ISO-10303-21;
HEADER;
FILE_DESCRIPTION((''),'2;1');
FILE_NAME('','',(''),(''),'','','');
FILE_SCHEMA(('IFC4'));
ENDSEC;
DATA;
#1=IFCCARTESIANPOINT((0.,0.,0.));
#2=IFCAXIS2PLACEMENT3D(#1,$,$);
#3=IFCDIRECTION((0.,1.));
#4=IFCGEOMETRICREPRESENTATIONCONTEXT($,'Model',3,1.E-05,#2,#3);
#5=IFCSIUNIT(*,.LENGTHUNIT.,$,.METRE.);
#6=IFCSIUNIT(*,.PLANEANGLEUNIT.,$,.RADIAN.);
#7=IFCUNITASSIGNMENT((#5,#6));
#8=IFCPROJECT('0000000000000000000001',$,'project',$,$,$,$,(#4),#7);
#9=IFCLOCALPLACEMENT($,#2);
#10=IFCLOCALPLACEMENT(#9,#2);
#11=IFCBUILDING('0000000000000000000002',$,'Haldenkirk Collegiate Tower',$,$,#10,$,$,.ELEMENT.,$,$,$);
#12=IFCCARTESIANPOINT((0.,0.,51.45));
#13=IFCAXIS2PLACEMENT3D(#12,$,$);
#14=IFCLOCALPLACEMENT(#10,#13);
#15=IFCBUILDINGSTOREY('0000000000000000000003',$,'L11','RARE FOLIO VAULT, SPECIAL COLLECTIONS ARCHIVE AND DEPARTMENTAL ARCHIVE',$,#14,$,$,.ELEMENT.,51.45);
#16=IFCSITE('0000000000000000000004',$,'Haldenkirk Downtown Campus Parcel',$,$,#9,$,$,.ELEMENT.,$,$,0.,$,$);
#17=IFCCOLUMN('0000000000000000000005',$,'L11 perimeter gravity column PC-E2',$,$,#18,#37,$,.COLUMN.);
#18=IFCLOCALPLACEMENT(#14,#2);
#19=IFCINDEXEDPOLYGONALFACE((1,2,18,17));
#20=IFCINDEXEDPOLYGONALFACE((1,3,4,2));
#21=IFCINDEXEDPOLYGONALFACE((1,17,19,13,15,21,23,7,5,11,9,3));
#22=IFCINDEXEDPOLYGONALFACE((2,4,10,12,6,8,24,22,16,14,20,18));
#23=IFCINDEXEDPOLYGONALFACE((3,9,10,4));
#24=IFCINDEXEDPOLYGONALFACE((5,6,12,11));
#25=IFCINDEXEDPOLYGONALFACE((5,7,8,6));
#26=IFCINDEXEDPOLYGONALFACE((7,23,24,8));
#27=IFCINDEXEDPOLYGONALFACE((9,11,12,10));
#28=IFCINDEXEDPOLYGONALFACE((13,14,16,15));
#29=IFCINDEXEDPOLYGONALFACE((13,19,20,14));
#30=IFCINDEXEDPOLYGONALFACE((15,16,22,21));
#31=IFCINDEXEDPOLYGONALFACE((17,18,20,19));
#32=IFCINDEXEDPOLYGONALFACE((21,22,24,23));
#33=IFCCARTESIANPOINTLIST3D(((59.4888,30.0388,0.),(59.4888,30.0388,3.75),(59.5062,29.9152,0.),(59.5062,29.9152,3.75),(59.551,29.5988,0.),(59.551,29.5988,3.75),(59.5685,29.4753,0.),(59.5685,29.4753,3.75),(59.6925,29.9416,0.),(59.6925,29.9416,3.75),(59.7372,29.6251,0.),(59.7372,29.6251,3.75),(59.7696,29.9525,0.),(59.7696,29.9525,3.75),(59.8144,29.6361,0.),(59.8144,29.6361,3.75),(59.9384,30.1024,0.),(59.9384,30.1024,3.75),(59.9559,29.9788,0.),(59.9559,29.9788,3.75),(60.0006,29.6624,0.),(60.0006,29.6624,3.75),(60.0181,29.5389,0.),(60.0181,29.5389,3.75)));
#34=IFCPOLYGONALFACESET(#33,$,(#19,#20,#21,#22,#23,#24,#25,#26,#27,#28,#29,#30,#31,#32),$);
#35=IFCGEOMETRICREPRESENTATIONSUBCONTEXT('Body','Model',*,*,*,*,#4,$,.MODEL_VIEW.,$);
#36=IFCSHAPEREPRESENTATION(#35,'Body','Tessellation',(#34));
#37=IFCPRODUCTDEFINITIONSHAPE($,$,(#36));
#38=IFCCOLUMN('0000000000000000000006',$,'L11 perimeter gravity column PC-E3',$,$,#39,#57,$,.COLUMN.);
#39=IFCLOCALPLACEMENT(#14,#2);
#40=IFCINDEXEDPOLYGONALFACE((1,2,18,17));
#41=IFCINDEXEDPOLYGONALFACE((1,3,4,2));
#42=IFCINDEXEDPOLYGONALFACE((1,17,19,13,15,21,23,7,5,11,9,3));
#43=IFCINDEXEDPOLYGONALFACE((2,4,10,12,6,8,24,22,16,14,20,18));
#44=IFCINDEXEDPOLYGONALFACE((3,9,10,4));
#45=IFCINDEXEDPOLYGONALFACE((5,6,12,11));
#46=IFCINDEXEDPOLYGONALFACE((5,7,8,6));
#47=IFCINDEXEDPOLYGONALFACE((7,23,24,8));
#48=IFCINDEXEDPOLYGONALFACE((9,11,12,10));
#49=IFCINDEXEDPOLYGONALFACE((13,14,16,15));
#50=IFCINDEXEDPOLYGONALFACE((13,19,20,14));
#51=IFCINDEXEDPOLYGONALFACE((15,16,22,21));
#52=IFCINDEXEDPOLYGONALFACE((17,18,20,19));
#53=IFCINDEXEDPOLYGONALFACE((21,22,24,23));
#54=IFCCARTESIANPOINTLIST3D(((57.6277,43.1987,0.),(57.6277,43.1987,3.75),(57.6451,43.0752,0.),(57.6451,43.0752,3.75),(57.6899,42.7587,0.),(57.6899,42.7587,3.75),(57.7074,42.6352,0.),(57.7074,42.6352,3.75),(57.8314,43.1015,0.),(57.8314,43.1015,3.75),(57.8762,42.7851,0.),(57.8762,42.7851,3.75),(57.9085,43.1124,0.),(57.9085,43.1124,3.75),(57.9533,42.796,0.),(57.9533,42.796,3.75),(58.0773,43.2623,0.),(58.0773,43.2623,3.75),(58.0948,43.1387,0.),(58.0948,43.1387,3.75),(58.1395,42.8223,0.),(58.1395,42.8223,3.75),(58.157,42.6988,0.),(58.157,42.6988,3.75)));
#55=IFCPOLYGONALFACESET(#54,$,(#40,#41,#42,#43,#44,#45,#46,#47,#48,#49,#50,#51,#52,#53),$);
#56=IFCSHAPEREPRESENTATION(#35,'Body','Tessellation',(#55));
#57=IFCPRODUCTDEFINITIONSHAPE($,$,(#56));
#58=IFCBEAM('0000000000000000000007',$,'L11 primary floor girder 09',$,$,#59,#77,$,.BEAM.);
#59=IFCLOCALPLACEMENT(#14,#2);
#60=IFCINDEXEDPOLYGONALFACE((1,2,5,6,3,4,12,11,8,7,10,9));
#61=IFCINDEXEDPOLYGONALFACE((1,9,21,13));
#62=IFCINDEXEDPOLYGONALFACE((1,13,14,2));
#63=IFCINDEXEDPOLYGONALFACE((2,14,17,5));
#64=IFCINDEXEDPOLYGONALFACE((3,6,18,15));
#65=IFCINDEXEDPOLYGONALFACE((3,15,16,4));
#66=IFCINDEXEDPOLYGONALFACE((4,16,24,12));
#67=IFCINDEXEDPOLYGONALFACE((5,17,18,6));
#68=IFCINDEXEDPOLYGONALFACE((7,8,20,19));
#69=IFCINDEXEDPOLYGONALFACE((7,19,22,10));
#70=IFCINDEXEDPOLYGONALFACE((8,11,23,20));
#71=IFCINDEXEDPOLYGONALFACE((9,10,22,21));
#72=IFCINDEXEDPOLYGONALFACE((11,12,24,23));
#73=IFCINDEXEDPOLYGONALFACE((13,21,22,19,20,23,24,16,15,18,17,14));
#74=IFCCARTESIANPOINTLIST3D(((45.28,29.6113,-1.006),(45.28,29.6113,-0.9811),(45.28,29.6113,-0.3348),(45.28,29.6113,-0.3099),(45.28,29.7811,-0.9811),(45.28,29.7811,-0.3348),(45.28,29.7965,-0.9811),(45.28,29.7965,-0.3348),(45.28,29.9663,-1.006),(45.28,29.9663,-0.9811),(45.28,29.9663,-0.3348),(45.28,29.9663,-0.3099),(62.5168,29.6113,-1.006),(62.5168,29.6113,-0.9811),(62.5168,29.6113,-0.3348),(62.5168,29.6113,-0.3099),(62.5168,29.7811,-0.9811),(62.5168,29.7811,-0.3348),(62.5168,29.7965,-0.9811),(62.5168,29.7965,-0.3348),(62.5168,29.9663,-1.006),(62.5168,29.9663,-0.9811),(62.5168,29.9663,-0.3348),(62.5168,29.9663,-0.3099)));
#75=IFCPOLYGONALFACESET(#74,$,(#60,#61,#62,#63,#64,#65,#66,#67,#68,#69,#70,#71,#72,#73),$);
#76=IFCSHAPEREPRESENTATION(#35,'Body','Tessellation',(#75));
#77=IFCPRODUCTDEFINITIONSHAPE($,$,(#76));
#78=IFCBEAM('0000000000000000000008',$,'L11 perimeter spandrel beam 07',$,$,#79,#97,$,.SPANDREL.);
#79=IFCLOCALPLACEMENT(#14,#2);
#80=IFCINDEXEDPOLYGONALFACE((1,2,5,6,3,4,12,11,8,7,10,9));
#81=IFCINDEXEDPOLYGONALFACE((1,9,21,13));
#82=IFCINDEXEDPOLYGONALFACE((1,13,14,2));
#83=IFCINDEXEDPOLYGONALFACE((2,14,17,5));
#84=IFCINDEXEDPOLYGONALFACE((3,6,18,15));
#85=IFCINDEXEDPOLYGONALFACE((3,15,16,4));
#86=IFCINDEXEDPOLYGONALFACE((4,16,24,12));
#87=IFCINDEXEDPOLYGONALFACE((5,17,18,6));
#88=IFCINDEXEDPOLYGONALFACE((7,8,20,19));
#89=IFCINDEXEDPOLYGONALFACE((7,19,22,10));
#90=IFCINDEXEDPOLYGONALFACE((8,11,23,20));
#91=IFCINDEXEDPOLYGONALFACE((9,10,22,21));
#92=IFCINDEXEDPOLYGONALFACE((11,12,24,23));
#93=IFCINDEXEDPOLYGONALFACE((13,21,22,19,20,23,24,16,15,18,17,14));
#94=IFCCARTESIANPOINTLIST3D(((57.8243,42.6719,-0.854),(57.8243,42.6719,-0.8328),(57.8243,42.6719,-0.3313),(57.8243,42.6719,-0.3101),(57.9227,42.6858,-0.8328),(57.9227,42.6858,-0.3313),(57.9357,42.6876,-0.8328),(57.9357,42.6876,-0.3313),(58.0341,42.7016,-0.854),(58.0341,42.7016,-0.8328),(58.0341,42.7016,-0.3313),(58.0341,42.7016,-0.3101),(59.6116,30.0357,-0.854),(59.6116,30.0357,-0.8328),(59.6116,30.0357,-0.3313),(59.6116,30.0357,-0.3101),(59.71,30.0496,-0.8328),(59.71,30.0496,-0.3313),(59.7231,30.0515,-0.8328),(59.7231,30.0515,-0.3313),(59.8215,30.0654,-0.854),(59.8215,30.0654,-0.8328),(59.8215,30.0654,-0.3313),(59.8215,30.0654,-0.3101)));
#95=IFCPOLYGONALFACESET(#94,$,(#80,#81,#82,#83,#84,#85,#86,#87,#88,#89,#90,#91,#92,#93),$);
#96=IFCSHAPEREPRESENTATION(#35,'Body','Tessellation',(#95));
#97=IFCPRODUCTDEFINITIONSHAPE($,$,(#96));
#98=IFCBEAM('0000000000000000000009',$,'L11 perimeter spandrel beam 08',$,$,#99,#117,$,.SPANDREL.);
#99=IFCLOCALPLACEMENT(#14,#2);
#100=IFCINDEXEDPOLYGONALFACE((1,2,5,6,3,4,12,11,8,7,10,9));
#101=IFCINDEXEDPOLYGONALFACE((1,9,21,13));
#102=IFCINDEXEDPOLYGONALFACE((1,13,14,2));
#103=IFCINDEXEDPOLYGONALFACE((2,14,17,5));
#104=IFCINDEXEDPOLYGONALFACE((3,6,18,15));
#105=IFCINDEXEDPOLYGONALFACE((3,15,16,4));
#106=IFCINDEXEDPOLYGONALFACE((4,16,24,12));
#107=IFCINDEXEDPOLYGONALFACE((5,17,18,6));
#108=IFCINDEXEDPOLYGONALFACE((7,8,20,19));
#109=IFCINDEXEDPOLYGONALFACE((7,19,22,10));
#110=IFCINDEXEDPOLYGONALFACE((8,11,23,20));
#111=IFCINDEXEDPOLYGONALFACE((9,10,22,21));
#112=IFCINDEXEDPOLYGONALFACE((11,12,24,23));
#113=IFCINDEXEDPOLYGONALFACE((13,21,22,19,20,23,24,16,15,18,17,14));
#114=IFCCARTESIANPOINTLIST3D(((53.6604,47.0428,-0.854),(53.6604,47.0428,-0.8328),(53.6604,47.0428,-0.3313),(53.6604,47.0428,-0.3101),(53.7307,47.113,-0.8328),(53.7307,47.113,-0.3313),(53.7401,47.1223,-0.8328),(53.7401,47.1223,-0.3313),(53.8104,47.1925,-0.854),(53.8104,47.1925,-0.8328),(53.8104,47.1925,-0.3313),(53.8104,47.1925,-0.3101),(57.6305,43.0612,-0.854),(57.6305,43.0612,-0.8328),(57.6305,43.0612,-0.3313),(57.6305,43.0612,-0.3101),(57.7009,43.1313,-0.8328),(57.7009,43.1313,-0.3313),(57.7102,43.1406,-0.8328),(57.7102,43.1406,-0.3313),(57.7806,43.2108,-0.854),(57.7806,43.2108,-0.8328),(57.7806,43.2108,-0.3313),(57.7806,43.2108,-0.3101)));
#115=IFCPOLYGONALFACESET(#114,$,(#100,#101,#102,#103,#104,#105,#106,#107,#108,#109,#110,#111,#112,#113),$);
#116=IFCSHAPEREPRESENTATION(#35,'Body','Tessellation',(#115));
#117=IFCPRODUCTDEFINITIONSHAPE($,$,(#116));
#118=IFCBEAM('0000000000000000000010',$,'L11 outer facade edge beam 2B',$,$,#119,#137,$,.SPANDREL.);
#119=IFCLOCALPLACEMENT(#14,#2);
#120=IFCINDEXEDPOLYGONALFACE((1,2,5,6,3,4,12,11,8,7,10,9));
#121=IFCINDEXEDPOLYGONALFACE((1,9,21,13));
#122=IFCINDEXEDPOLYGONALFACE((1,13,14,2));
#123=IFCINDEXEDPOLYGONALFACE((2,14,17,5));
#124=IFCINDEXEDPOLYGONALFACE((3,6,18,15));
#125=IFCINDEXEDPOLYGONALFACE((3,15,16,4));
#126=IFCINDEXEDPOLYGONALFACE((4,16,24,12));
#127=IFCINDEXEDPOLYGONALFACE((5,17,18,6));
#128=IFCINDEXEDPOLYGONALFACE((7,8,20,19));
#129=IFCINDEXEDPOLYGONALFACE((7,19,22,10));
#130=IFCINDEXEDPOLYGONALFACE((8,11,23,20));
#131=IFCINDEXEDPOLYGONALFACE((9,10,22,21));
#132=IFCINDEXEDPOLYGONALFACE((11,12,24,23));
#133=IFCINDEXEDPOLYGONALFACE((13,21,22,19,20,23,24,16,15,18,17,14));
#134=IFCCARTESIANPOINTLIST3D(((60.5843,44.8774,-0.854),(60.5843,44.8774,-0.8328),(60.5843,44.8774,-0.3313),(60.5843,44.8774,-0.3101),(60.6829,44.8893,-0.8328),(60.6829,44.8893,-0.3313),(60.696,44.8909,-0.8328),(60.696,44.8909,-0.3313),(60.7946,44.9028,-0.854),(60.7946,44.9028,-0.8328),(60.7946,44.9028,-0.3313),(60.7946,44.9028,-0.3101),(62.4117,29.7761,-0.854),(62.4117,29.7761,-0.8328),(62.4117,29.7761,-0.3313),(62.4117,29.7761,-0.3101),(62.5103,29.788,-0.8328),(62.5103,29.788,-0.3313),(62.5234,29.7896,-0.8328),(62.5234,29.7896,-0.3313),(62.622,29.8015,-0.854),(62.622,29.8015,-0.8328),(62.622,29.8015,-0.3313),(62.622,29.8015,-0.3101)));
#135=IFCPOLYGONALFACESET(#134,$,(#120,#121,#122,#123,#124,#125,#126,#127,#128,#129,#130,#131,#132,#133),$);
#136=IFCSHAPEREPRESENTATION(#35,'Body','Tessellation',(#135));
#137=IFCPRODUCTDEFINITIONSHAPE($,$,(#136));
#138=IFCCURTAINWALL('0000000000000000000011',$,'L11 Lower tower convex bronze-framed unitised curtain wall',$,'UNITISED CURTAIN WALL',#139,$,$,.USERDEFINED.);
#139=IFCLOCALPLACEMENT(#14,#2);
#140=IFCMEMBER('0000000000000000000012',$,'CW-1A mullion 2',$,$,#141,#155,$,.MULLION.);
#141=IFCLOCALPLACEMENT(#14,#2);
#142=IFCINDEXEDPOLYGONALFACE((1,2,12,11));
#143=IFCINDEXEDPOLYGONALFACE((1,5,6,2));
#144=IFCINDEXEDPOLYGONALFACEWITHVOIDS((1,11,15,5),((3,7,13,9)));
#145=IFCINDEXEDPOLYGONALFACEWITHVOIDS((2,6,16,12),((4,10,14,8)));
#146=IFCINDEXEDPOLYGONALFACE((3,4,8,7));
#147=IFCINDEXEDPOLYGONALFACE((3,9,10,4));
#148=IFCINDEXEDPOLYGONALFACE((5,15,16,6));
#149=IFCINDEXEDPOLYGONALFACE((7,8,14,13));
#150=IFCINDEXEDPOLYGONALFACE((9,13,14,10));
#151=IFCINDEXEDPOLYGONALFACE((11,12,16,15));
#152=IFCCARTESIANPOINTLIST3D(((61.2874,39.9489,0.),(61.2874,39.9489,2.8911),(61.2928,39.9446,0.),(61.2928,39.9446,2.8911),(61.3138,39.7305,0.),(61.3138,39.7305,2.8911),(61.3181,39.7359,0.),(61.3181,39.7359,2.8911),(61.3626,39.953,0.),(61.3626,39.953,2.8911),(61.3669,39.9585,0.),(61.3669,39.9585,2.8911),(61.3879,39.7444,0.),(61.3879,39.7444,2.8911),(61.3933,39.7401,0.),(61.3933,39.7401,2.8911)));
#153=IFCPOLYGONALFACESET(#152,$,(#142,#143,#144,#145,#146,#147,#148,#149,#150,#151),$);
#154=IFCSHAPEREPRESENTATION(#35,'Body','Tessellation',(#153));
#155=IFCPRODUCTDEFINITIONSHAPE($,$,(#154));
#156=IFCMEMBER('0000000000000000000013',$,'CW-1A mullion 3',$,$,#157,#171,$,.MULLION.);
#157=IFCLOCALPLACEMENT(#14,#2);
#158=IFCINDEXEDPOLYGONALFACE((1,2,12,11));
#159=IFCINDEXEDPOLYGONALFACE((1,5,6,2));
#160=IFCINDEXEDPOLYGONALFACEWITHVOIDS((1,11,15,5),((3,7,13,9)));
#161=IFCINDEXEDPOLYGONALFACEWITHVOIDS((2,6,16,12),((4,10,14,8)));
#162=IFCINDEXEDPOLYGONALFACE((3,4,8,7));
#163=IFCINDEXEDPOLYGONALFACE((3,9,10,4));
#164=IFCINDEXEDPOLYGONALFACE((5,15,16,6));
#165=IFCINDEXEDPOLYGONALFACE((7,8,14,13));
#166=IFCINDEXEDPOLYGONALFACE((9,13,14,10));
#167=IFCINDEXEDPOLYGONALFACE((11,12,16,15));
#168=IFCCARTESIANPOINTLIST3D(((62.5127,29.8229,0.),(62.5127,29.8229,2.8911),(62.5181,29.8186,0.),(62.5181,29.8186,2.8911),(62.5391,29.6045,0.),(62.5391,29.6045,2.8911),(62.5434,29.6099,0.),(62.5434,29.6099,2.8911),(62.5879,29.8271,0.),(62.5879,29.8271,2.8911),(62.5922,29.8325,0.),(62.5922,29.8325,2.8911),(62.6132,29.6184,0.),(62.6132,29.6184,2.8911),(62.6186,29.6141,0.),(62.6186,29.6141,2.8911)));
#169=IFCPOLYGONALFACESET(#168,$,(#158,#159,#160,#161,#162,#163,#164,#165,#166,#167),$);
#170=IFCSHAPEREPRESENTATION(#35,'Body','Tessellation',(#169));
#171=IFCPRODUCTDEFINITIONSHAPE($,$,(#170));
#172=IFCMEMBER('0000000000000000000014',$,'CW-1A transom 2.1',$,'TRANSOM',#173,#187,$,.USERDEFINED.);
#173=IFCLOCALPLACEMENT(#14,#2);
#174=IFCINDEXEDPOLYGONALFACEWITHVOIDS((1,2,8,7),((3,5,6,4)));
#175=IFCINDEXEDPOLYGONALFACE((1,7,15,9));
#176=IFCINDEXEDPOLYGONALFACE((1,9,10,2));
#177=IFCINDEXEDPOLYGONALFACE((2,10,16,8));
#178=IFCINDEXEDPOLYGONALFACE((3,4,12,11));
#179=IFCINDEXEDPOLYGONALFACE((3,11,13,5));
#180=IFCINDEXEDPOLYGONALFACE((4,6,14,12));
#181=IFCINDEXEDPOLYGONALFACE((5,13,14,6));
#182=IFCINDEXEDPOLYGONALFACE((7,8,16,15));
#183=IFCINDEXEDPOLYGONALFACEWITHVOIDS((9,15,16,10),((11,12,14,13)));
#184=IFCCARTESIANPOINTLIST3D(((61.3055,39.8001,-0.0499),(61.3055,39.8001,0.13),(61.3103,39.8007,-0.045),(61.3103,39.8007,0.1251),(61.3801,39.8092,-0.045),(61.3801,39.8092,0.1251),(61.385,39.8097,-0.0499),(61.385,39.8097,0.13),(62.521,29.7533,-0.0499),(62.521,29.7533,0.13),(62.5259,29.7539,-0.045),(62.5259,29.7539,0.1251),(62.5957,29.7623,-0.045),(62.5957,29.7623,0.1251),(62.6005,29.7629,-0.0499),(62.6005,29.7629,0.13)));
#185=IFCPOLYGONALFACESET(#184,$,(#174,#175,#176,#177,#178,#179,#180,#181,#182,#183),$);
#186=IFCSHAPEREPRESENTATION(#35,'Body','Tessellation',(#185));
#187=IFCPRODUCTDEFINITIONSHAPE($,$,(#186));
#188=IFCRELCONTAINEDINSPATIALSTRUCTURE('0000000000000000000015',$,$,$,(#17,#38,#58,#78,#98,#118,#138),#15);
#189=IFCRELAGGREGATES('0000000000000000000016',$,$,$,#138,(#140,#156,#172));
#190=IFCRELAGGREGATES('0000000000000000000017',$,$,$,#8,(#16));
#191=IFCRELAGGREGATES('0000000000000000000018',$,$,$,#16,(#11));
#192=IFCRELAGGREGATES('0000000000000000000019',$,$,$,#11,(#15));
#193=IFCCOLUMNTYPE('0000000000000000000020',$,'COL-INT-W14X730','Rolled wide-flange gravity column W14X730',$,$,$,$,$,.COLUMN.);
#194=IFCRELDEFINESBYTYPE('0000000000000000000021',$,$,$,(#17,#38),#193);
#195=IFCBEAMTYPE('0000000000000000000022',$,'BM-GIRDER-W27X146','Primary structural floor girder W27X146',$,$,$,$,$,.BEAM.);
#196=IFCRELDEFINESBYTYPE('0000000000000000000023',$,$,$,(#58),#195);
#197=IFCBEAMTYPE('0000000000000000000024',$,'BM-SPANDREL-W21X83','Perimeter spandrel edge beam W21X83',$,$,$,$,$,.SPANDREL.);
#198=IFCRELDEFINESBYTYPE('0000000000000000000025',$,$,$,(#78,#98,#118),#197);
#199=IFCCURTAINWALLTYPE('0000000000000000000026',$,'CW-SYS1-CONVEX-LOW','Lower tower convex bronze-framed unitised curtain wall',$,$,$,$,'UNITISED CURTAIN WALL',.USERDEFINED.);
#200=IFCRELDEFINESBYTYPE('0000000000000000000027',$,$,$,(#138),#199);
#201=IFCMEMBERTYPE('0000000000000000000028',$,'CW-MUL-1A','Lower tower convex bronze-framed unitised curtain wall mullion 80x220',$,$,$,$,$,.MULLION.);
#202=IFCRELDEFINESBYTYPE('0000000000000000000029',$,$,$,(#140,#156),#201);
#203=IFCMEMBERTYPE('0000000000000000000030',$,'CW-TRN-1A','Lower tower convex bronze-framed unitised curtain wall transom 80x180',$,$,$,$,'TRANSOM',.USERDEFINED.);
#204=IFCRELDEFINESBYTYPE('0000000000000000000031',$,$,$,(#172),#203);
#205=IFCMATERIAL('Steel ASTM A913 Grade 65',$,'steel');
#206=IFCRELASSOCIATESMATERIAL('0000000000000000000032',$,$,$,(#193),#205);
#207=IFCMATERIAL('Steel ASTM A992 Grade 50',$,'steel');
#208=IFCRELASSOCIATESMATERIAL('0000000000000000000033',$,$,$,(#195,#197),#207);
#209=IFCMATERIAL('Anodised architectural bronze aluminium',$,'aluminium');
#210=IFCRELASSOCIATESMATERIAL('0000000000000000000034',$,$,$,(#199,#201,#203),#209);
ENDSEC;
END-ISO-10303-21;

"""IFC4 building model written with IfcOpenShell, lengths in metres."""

from ifc_helpers import new_model, si_unit, direction, frame, origin, origin_2d, place, context, subcontext, project, spatial, hollow_rectangle, i_section, extrude, material, material_profile, profile_set, type_object, element, aggregate, save


model = new_model("IFC4")

# Units and contexts
model_context = context("Model", 3, precision=1e-05, world=origin(), true_north=direction((0.0, 1.0)))
body_context = subcontext(model_context, "Body", "Model", "MODEL_VIEW")
ifc_project = project(units=[si_unit("LENGTHUNIT", "METRE"), si_unit("PLANEANGLEUNIT", "RADIAN")], contexts=[model_context])

# Site, building, storey
site_placement = place(None, origin())
site = spatial("IfcSite", under=ifc_project, at=site_placement, Name="Haldenkirk Downtown Campus Parcel", CompositionType="ELEMENT", RefElevation=0.0)
building_placement = place(site_placement, origin())
building = spatial("IfcBuilding", under=site, at=building_placement, Name="Haldenkirk Collegiate Tower", CompositionType="ELEMENT")
storey_placement = place(building_placement, frame((0.0, 0.0, 51.45)))
storey = spatial("IfcBuildingStorey", under=building, at=storey_placement, Name="L11", Description="RARE FOLIO VAULT, SPECIAL COLLECTIONS ARCHIVE AND DEPARTMENTAL ARCHIVE", CompositionType="ELEMENT", Elevation=51.45)

# Columns
ifc_material_1 = material(Name="Steel ASTM A913 Grade 65", Category="steel")
ifc_material_profile_1 = material_profile(ifc_material_1, i_section(OverallWidth=0.4541, OverallDepth=0.5691, WebThickness=0.0779, FlangeThickness=0.1248, at=origin_2d()), Name="W14X730")
ifc_profile_set_1 = profile_set([ifc_material_profile_1], Name="Steel ASTM A913 Grade 65")
column_type = type_object("IfcColumnType", Name="COL-INT-W14X730", Description="Rolled wide-flange gravity column W14X730", PredefinedType="COLUMN", material=ifc_profile_set_1)
for number, where, z_axis, x_axis, name in (
    (1, (59.7534, 29.7888, 0.0), (0.0, 0.0, 1.0), (0.990146, 0.140037, 0.0), "L11 perimeter gravity column PC-E2"),
    (2, (57.8923, 42.9487, 0.0), (0.0, 0.0, 1.0), (0.990146, 0.140037, 0.0), "L11 perimeter gravity column PC-E3"),
):
    element("IfcColumn", number, at=place(storey_placement, frame(where, z_axis=z_axis, x_axis=x_axis)), inside=storey, type_object=column_type, Name=name, PredefinedType="COLUMN", context=body_context, shape_type="SweptSolid", body=[
        extrude(i_section(OverallWidth=0.4541, OverallDepth=0.5691, WebThickness=0.0779, FlangeThickness=0.1248, at=origin_2d()), origin(), (0.0, 0.0, 1.0), 3.75),
    ])

# Beams
ifc_material_2 = material(Name="Steel ASTM A992 Grade 50", Category="steel")
ifc_material_profile_2 = material_profile(ifc_material_2, i_section(OverallWidth=0.355, OverallDepth=0.696, WebThickness=0.0154, FlangeThickness=0.0249, at=origin_2d()), Name="W27X146")
ifc_profile_set_2 = profile_set([ifc_material_profile_2], Name="Steel ASTM A992 Grade 50")
beam_type_1 = type_object("IfcBeamType", Name="BM-GIRDER-W27X146", Description="Primary structural floor girder W27X146", PredefinedType="BEAM", material=ifc_profile_set_2)
beam_1_placement = place(storey_placement, frame((62.5168, 29.7888, -0.658), z_axis=(-1.0, 0.0, 0.0), x_axis=(0.0, -1.0, 0.0)))
element("IfcBeam", 3, at=beam_1_placement, inside=storey, type_object=beam_type_1, Name="L11 primary floor girder 09", PredefinedType="BEAM", context=body_context, shape_type="SweptSolid", body=[
    extrude(i_section(OverallWidth=0.355, OverallDepth=0.696, WebThickness=0.0154, FlangeThickness=0.0249, at=origin_2d()), origin(), (0.0, 0.0, 1.0), 17.2368),
])
ifc_material_profile_3 = material_profile(ifc_material_2, i_section(OverallWidth=0.2119, OverallDepth=0.5439, WebThickness=0.0132, FlangeThickness=0.0212, at=origin_2d()), Name="W21X83")
ifc_profile_set_3 = profile_set([ifc_material_profile_3], Name="Steel ASTM A992 Grade 50")
beam_type_2 = type_object("IfcBeamType", Name="BM-SPANDREL-W21X83", Description="Perimeter spandrel edge beam W21X83", PredefinedType="SPANDREL", material=ifc_profile_set_3)
beam_2_placement = place(storey_placement, frame((59.7166, 30.0505, -0.582), z_axis=(-0.140053, 0.990144, 0.0), x_axis=(-0.990144, -0.140053, 0.0)))
element("IfcBeam", 4, at=beam_2_placement, inside=storey, type_object=beam_type_2, Name="L11 perimeter spandrel beam 07", PredefinedType="SPANDREL", context=body_context, shape_type="SweptSolid", body=[
    extrude(i_section(OverallWidth=0.2119, OverallDepth=0.5439, WebThickness=0.0132, FlangeThickness=0.0212, at=origin_2d()), origin(), (0.0, 0.0, 1.0), 12.762),
])
beam_3_placement = place(storey_placement, frame((57.7056, 43.136, -0.582), z_axis=(-0.706086, 0.708126, 0.0), x_axis=(-0.708126, -0.706086, 0.0)))
element("IfcBeam", 5, at=beam_3_placement, inside=storey, type_object=beam_type_2, Name="L11 perimeter spandrel beam 08", PredefinedType="SPANDREL", context=body_context, shape_type="SweptSolid", body=[
    extrude(i_section(OverallWidth=0.2119, OverallDepth=0.5439, WebThickness=0.0132, FlangeThickness=0.0212, at=origin_2d()), origin(), (0.0, 0.0, 1.0), 5.6228),
])
beam_4_placement = place(storey_placement, frame((62.5168, 29.7888, -0.582), z_axis=(-0.120132, 0.992758, 0.0), x_axis=(-0.992758, -0.120132, 0.0)))
element("IfcBeam", 6, at=beam_4_placement, inside=storey, type_object=beam_type_2, Name="L11 outer facade edge beam 2B", PredefinedType="SPANDREL", context=body_context, shape_type="SweptSolid", body=[
    extrude(i_section(OverallWidth=0.2119, OverallDepth=0.5439, WebThickness=0.0132, FlangeThickness=0.0212, at=origin_2d()), origin(), (0.0, 0.0, 1.0), 15.2114),
])

# Curtain wall, members
ifc_material_3 = material(Name="Anodised architectural bronze aluminium", Category="aluminium")
curtain_wall_type = type_object("IfcCurtainWallType", Name="CW-SYS1-CONVEX-LOW", Description="Lower tower convex bronze-framed unitised curtain wall", ElementType="UNITISED CURTAIN WALL", PredefinedType="USERDEFINED", material=ifc_material_3)
curtain_wall_placement = place(storey_placement, origin())
curtain_wall = element("IfcCurtainWall", 7, at=curtain_wall_placement, inside=storey, type_object=curtain_wall_type, Name="L11 Lower tower convex bronze-framed unitised curtain wall", ObjectType="UNITISED CURTAIN WALL", PredefinedType="USERDEFINED")
ifc_material_profile_4 = material_profile(ifc_material_3, hollow_rectangle(XDim=0.0801, YDim=0.22, WallThickness=0.0049, at=origin_2d()), Name="CW-MUL-1A")
ifc_profile_set_4 = profile_set([ifc_material_profile_4], Name="Anodised architectural bronze aluminium")
member_type_1 = type_object("IfcMemberType", Name="CW-MUL-1A", Description="Lower tower convex bronze-framed unitised curtain wall mullion 80x220", PredefinedType="MULLION", material=ifc_profile_set_4)
member_1_placement = place(storey_placement, frame((61.3403, 39.8445, 0.0), z_axis=(0.0, 0.0, 1.0), x_axis=(0.992757, 0.120137, 0.0)))
member_1 = element("IfcMember", 8, at=member_1_placement, type_object=member_type_1, Name="CW-1A mullion 2", PredefinedType="MULLION", context=body_context, shape_type="SweptSolid", body=[
    extrude(hollow_rectangle(XDim=0.0801, YDim=0.22, WallThickness=0.0049, at=origin_2d()), origin(), (0.0, 0.0, 1.0), 2.8911),
])
member_2_placement = place(storey_placement, frame((62.5657, 29.7185, 0.0), z_axis=(0.0, 0.0, 1.0), x_axis=(0.992757, 0.120137, 0.0)))
member_2 = element("IfcMember", 9, at=member_2_placement, type_object=member_type_1, Name="CW-1A mullion 3", PredefinedType="MULLION", context=body_context, shape_type="SweptSolid", body=[
    extrude(hollow_rectangle(XDim=0.0801, YDim=0.22, WallThickness=0.0049, at=origin_2d()), origin(), (0.0, 0.0, 1.0), 2.8911),
])
ifc_material_profile_5 = material_profile(ifc_material_3, hollow_rectangle(XDim=0.0801, YDim=0.1799, WallThickness=0.0049, at=origin_2d()), Name="CW-TRN-1A")
ifc_profile_set_5 = profile_set([ifc_material_profile_5], Name="Anodised architectural bronze aluminium")
member_type_2 = type_object("IfcMemberType", Name="CW-TRN-1A", Description="Lower tower convex bronze-framed unitised curtain wall transom 80x180", ElementType="TRANSOM", PredefinedType="USERDEFINED", material=ifc_profile_set_5)
member_3_placement = place(storey_placement, frame((61.3452, 39.8049, 0.04), z_axis=(0.120115, -0.99276, 0.0), x_axis=(0.99276, 0.120115, 0.0)))
member_3 = element("IfcMember", 10, at=member_3_placement, type_object=member_type_2, Name="CW-1A transom 2.1", ObjectType="TRANSOM", PredefinedType="USERDEFINED", context=body_context, shape_type="SweptSolid", body=[
    extrude(hollow_rectangle(XDim=0.0801, YDim=0.1799, WallThickness=0.0049, at=origin_2d()), origin(), (0.0, 0.0, 1.0), 10.1201),
])
aggregate(curtain_wall, [member_1, member_2, member_3])

save(model, "model.ifc")
